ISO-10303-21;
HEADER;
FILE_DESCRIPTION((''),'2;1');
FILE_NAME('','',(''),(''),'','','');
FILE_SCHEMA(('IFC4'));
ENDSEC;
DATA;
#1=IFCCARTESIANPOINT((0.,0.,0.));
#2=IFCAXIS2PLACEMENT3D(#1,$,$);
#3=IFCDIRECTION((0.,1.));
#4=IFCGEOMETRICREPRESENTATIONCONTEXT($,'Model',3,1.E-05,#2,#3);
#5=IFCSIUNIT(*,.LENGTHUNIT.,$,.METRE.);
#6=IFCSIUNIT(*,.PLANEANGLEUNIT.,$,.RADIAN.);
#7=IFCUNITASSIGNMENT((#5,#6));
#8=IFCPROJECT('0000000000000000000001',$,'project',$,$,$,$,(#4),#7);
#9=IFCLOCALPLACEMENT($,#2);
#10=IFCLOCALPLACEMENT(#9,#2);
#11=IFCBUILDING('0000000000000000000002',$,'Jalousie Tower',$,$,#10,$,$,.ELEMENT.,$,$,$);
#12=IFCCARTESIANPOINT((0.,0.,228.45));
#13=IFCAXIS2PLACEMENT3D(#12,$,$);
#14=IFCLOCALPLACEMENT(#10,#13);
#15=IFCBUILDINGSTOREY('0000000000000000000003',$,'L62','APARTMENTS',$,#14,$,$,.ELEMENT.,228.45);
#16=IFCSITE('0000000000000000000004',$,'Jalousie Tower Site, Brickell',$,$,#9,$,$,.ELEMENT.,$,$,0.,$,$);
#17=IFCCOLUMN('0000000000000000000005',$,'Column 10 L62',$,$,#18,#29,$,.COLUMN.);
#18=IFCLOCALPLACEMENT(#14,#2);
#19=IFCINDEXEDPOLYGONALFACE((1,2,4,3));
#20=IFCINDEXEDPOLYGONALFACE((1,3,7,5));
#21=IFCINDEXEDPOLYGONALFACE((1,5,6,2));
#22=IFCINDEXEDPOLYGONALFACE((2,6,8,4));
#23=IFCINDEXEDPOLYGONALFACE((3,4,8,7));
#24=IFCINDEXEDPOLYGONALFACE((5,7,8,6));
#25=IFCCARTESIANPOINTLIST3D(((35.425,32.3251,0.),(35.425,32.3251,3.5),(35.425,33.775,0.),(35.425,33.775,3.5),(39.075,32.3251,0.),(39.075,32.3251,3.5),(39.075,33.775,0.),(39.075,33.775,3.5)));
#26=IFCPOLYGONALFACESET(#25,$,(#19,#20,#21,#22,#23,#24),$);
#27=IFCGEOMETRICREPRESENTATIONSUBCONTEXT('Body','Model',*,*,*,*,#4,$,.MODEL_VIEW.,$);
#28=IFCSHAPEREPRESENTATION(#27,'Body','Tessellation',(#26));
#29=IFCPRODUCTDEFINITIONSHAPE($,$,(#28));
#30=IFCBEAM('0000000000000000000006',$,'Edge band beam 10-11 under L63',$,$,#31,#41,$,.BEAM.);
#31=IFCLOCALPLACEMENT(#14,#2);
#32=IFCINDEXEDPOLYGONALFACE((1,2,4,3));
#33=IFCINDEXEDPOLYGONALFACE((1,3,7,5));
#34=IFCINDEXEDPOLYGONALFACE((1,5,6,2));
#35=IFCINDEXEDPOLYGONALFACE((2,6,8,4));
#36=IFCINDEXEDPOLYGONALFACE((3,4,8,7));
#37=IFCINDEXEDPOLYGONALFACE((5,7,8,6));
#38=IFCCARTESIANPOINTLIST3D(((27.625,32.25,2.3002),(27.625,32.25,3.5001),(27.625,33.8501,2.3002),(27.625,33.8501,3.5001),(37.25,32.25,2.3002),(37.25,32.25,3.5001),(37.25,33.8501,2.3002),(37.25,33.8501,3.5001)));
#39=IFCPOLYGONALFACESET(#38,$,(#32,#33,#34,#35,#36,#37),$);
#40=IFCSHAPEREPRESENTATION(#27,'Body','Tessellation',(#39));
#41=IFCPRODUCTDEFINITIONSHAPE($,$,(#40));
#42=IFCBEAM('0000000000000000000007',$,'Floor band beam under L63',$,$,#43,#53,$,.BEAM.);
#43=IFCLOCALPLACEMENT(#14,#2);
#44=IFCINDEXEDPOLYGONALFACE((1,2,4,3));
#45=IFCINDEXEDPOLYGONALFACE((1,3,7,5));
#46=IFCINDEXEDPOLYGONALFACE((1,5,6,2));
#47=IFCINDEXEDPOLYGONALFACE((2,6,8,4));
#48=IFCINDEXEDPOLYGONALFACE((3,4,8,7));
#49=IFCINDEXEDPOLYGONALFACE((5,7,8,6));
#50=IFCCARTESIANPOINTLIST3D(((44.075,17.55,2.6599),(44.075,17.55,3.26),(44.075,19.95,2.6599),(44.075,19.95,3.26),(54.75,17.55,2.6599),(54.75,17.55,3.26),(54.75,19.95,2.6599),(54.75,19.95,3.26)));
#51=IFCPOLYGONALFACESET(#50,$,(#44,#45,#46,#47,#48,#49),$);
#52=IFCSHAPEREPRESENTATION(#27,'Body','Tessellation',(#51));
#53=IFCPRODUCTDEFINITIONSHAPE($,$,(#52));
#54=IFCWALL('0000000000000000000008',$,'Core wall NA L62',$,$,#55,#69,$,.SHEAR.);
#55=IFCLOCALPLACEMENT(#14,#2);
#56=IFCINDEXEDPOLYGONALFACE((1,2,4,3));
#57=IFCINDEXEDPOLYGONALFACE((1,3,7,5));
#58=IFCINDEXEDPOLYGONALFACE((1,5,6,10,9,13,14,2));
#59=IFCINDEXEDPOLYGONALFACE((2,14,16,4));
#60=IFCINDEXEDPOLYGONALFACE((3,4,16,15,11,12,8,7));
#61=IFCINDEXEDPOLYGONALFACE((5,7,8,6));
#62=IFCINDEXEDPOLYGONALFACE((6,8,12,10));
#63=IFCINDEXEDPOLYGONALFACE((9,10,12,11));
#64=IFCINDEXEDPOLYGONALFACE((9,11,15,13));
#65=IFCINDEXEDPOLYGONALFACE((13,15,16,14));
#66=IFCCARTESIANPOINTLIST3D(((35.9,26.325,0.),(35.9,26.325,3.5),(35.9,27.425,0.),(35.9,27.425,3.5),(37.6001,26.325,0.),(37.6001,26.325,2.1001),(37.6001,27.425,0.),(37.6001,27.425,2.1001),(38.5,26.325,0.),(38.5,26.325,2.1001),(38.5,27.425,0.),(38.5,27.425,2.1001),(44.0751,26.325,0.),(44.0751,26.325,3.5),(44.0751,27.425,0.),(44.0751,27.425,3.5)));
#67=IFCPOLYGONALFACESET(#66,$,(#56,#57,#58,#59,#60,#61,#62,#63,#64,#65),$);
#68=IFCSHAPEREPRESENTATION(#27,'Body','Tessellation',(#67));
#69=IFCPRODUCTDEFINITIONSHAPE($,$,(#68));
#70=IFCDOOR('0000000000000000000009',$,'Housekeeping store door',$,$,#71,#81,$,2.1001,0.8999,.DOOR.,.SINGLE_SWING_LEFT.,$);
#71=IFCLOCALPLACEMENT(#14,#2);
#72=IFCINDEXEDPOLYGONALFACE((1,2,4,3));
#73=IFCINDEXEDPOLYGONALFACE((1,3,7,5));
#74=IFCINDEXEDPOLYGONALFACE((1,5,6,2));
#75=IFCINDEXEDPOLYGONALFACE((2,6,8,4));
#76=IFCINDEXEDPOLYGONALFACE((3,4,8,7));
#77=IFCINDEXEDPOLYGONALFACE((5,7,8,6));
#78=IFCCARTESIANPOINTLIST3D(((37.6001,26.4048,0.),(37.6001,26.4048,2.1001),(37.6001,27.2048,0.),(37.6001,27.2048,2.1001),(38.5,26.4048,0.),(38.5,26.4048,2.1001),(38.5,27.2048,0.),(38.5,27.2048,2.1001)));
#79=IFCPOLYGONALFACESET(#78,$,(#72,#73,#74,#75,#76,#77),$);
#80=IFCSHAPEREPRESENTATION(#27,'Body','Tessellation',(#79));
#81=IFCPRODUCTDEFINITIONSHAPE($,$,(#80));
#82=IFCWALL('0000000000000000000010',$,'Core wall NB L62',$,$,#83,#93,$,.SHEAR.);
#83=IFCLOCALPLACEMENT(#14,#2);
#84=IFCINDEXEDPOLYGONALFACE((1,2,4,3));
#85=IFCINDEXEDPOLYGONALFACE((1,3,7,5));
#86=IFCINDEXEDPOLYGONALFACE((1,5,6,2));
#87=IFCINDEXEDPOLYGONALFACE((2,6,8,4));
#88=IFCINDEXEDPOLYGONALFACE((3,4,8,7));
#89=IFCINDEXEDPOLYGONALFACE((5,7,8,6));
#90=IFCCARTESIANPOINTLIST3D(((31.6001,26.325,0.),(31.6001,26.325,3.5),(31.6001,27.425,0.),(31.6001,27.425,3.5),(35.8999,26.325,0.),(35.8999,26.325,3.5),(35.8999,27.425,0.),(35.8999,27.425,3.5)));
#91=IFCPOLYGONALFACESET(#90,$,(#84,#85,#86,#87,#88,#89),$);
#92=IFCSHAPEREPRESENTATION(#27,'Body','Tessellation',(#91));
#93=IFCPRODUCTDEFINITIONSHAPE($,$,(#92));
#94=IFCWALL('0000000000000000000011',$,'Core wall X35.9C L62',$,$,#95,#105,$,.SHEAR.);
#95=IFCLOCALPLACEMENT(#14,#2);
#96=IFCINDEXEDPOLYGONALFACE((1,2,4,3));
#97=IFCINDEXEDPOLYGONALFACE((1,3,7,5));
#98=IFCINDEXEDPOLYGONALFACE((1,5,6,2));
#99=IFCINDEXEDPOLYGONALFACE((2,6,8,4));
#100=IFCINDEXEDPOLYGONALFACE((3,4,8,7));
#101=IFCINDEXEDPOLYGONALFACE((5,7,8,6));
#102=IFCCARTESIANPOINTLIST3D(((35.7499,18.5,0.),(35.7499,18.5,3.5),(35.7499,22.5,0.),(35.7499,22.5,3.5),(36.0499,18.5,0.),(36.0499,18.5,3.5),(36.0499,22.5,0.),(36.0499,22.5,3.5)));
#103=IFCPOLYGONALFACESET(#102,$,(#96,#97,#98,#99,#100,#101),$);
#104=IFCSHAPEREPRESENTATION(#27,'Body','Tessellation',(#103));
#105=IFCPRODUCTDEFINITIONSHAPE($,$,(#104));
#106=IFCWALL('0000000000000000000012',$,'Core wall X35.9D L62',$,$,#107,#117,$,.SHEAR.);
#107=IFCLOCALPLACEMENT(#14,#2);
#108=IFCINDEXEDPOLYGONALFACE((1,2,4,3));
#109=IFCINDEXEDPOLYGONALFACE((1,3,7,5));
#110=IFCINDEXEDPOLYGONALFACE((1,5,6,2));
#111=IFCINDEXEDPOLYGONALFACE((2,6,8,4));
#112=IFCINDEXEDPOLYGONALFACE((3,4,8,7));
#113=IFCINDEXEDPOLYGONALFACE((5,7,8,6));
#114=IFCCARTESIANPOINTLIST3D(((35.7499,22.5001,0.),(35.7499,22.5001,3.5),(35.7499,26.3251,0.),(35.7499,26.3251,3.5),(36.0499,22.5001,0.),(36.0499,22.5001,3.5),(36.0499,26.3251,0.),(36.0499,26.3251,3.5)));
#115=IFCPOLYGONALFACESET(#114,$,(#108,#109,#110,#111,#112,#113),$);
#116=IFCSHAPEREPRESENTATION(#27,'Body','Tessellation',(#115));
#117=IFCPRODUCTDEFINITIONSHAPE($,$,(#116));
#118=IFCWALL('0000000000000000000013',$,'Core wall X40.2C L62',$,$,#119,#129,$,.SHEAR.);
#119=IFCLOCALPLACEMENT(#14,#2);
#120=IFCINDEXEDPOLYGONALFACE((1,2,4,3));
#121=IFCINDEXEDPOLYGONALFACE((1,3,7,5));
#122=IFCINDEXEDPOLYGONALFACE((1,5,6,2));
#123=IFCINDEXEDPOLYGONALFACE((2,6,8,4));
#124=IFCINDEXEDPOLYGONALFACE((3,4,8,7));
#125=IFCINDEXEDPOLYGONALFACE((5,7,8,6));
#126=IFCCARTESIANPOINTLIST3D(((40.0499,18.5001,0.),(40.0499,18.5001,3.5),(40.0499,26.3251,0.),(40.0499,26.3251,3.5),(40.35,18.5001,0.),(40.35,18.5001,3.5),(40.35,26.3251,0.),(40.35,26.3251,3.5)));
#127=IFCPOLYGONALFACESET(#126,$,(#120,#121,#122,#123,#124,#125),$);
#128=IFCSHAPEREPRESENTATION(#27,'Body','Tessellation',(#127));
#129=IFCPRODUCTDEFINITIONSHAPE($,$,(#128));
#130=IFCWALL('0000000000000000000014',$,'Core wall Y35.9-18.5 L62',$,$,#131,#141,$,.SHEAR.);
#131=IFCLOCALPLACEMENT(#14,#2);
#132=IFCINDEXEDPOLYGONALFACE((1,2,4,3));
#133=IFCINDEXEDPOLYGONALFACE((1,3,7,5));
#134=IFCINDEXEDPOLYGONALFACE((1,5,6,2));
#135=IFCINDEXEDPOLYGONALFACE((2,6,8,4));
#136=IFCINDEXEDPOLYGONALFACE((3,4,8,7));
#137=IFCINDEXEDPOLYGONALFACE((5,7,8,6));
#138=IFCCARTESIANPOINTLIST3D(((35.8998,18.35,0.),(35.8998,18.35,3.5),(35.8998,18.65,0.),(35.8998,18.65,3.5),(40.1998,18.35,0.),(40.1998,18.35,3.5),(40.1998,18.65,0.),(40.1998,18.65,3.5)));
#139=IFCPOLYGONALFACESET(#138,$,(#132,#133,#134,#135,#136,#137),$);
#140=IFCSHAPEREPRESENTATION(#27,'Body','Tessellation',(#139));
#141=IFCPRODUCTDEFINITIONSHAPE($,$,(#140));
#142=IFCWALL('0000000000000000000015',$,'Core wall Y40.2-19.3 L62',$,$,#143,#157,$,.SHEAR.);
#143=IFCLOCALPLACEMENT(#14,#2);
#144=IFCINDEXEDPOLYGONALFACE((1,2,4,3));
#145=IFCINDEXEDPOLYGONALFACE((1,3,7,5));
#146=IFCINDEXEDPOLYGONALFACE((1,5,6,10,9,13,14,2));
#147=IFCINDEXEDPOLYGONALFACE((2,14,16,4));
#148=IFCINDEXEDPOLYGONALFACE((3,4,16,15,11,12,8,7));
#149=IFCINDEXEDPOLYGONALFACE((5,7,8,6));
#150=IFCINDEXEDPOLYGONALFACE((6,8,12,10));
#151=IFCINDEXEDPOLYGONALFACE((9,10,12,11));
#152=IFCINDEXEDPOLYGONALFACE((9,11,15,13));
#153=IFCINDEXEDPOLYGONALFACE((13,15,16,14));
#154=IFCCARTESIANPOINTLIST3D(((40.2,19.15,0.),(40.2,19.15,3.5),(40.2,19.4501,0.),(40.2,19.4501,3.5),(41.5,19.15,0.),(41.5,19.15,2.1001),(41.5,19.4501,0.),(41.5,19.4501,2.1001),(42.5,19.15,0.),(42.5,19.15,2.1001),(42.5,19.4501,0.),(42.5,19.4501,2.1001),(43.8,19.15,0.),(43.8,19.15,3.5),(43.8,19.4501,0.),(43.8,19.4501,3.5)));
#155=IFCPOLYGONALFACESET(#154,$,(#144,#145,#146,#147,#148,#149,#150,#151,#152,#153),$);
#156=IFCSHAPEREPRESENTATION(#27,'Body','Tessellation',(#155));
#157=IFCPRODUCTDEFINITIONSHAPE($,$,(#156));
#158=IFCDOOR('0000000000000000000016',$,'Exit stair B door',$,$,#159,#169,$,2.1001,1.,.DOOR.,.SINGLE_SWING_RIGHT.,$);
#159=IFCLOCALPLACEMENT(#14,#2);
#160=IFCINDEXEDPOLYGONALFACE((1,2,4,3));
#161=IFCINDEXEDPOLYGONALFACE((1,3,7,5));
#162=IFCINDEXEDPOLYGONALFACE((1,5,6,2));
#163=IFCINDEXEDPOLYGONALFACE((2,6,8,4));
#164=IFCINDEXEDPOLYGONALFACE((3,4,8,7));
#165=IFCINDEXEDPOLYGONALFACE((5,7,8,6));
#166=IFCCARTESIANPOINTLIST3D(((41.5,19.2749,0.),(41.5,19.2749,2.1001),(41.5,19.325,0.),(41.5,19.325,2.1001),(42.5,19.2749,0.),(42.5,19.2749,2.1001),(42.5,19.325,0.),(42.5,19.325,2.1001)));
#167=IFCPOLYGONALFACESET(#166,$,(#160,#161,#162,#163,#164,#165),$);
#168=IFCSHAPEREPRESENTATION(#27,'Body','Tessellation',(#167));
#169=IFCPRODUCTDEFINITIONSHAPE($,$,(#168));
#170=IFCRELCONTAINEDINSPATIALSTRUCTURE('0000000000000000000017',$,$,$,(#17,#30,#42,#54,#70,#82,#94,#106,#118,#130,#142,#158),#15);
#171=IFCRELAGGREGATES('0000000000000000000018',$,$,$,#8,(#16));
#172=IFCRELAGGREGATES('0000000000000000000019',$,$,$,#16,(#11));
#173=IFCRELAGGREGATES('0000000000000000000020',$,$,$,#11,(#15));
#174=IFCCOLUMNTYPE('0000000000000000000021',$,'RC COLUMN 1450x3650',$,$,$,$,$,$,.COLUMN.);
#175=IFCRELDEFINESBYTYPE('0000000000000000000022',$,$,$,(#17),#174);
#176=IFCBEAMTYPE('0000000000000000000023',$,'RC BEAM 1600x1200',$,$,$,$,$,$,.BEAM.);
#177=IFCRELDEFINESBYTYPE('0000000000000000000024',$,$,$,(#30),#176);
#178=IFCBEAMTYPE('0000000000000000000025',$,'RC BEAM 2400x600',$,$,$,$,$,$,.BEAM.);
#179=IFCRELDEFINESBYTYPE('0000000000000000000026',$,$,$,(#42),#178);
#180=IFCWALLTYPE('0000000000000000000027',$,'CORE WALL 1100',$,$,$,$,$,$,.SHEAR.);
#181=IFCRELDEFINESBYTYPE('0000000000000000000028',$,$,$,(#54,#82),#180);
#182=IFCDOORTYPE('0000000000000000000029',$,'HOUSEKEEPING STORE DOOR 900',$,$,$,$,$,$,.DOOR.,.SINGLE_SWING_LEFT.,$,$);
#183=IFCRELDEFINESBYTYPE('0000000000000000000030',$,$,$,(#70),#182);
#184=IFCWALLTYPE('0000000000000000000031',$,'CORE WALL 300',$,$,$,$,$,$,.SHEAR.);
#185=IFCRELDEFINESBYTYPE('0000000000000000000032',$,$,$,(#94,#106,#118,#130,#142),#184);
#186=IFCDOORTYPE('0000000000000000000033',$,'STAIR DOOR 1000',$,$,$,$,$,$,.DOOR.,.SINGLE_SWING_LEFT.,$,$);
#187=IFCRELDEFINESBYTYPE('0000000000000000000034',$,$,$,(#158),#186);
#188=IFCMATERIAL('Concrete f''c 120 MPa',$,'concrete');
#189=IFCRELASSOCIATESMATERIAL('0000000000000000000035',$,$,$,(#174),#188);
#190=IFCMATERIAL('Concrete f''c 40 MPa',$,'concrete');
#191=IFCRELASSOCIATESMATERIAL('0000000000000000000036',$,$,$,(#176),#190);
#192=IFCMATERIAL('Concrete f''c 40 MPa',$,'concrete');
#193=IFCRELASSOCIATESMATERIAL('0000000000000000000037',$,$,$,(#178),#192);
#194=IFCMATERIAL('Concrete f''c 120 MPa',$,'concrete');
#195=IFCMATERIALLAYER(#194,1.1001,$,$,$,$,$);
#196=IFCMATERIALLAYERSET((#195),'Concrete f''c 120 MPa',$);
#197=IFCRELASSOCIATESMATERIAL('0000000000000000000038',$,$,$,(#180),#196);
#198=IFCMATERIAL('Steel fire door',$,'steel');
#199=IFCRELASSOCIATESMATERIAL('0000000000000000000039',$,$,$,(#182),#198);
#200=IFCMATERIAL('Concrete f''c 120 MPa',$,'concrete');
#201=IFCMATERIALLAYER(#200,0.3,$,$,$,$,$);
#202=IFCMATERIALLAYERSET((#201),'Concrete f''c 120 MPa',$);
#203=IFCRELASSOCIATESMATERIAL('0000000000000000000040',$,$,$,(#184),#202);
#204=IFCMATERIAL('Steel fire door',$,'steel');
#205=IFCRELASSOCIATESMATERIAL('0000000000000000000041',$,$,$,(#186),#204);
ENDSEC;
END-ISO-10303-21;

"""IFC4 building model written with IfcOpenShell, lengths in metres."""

from ifc_helpers import new_model, si_unit, direction, frame, frame_2d, origin, origin_2d, place, context, subcontext, project, spatial, rectangle, extrude, material, layer, layer_set, material_profile, profile_set, type_object, element, fill, save


model = new_model("IFC4")

# Units and contexts
model_context = context("Model", 3, precision=1e-05, world=origin(), true_north=direction((0.0, 1.0)))
body_context = subcontext(model_context, "Body", "Model", "MODEL_VIEW")
ifc_project = project(units=[si_unit("LENGTHUNIT", "METRE"), si_unit("PLANEANGLEUNIT", "RADIAN")], contexts=[model_context])

# Site, building, storey
site_placement = place(None, origin())
site = spatial("IfcSite", under=ifc_project, at=site_placement, Name="Jalousie Tower Site, Brickell", CompositionType="ELEMENT", RefElevation=0.0)
building_placement = place(site_placement, origin())
building = spatial("IfcBuilding", under=site, at=building_placement, Name="Jalousie Tower", CompositionType="ELEMENT")
storey_placement = place(building_placement, frame((0.0, 0.0, 228.45)))
storey = spatial("IfcBuildingStorey", under=building, at=storey_placement, Name="L62", Description="APARTMENTS", CompositionType="ELEMENT", Elevation=228.45)

# Column
ifc_material_1 = material(Name="Concrete f'c 120 MPa", Category="concrete")
ifc_material_profile_1 = material_profile(ifc_material_1, rectangle(XDim=1.45, YDim=3.6499, at=origin_2d()), Name="RC 1450x3650")
ifc_profile_set_1 = profile_set([ifc_material_profile_1], Name="Concrete f'c 120 MPa")
column_type = type_object("IfcColumnType", Name="RC COLUMN 1450x3650", PredefinedType="COLUMN", material=ifc_profile_set_1)
column_placement = place(storey_placement, frame((37.25, 33.05, 0.0), z_axis=(0.0, 0.0, 1.0), x_axis=(0.0, 1.0, 0.0)))
element("IfcColumn", 1, at=column_placement, inside=storey, type_object=column_type, Name="Column 10 L62", PredefinedType="COLUMN", context=body_context, shape_type="SweptSolid", body=[
    extrude(rectangle(XDim=1.45, YDim=3.6499, at=origin_2d()), origin(), (0.0, 0.0, 1.0), 3.5),
])

# Beams
ifc_material_2 = material(Name="Concrete f'c 40 MPa", Category="concrete")
ifc_material_profile_2 = material_profile(ifc_material_2, rectangle(XDim=1.6001, YDim=1.2, at=origin_2d()), Name="RC 1600x1200")
ifc_profile_set_2 = profile_set([ifc_material_profile_2], Name="Concrete f'c 40 MPa")
beam_type_1 = type_object("IfcBeamType", Name="RC BEAM 1600x1200", PredefinedType="BEAM", material=ifc_profile_set_2)
beam_1_placement = place(storey_placement, frame((37.25, 33.05, 2.9001), z_axis=(-1.0, 0.0, 0.0), x_axis=(0.0, -1.0, 0.0)))
element("IfcBeam", 2, at=beam_1_placement, inside=storey, type_object=beam_type_1, Name="Edge band beam 10-11 under L63", PredefinedType="BEAM", context=body_context, shape_type="SweptSolid", body=[
    extrude(rectangle(XDim=1.6001, YDim=1.2, at=origin_2d()), origin(), (0.0, 0.0, 1.0), 9.625),
])
ifc_material_3 = material(Name="Concrete f'c 40 MPa", Category="concrete")
ifc_material_profile_3 = material_profile(ifc_material_3, rectangle(XDim=2.3999, YDim=0.6001, at=origin_2d()), Name="RC 2400x600")
ifc_profile_set_3 = profile_set([ifc_material_profile_3], Name="Concrete f'c 40 MPa")
beam_type_2 = type_object("IfcBeamType", Name="RC BEAM 2400x600", PredefinedType="BEAM", material=ifc_profile_set_3)
beam_2_placement = place(storey_placement, frame((44.075, 18.75, 2.96), z_axis=(1.0, 0.0, 0.0), x_axis=(0.0, 1.0, 0.0)))
element("IfcBeam", 3, at=beam_2_placement, inside=storey, type_object=beam_type_2, Name="Floor band beam under L63", PredefinedType="BEAM", context=body_context, shape_type="SweptSolid", body=[
    extrude(rectangle(XDim=2.3999, YDim=0.6001, at=origin_2d()), origin(), (0.0, 0.0, 1.0), 10.675),
])

# Wall, opening, door
ifc_material_4 = material(Name="Concrete f'c 120 MPa", Category="concrete")
ifc_layer_1 = layer(ifc_material_4, 1.1001)
ifc_layer_set_1 = layer_set([ifc_layer_1], Name="Concrete f'c 120 MPa")
wall_type_1 = type_object("IfcWallType", Name="CORE WALL 1100", PredefinedType="SHEAR", material=ifc_layer_set_1)
wall_1_placement = place(storey_placement, frame((44.075, 26.875, 0.0), z_axis=(0.0, 0.0, 1.0), x_axis=(-1.0, 0.0, 0.0)))
wall_1 = element("IfcWall", 4, at=wall_1_placement, inside=storey, type_object=wall_type_1, Name="Core wall NA L62", PredefinedType="SHEAR", context=body_context, shape_type="SweptSolid", body=[
    extrude(rectangle(XDim=8.175, YDim=1.1001, at=frame_2d((4.0874, 0.0))), origin(), (0.0, 0.0, 1.0), 3.5),
])
opening_1_placement = place(wall_1_placement, frame((5.575, 0.0, 0.0)))
opening_1 = element("IfcOpeningElement", 5, at=opening_1_placement, cuts=wall_1, PredefinedType="OPENING", context=body_context, shape_type="SweptSolid", body=[
    extrude(rectangle(XDim=0.8999, YDim=2.1001, at=frame_2d((0.45, 1.05))), frame((0.0, 0.5601, 0.0), z_axis=(0.0, -1.0, 0.0), x_axis=(1.0, 0.0, 0.0)), (0.0, 0.0, 1.0), 1.1201),
])
ifc_material_5 = material(Name="Steel fire door", Category="steel")
door_type_1 = type_object("IfcDoorType", Name="HOUSEKEEPING STORE DOOR 900", OperationType="SINGLE_SWING_LEFT", PredefinedType="DOOR", material=ifc_material_5)
door_1_placement = place(opening_1_placement, origin())
door_1 = element("IfcDoor", 6, at=door_1_placement, inside=storey, type_object=door_type_1, Name="Housekeeping store door", OperationType="SINGLE_SWING_LEFT", OverallHeight=2.1001, OverallWidth=0.8999, PredefinedType="DOOR", context=body_context, shape_type="SweptSolid", body=[
    extrude(rectangle(XDim=0.8999, YDim=2.1001, at=frame_2d((0.45, 1.05))), frame((0.0, 0.4702, 0.0), z_axis=(0.0, -1.0, 0.0), x_axis=(1.0, 0.0, 0.0)), (0.0, 0.0, 1.0), 0.8),
])
fill(opening_1, door_1)

# Walls
wall_2_placement = place(storey_placement, frame((35.8999, 26.875, 0.0), z_axis=(0.0, 0.0, 1.0), x_axis=(-1.0, 0.0, 0.0)))
element("IfcWall", 7, at=wall_2_placement, inside=storey, type_object=wall_type_1, Name="Core wall NB L62", PredefinedType="SHEAR", context=body_context, shape_type="SweptSolid", body=[
    extrude(rectangle(XDim=4.2998, YDim=1.1001, at=frame_2d((2.1499, 0.0))), origin(), (0.0, 0.0, 1.0), 3.5),
])
ifc_material_6 = material(Name="Concrete f'c 120 MPa", Category="concrete")
ifc_layer_2 = layer(ifc_material_6, 0.3)
ifc_layer_set_2 = layer_set([ifc_layer_2], Name="Concrete f'c 120 MPa")
wall_type_2 = type_object("IfcWallType", Name="CORE WALL 300", PredefinedType="SHEAR", material=ifc_layer_set_2)
wall_3_placement = place(storey_placement, frame((35.8999, 18.5, 0.0), z_axis=(0.0, 0.0, 1.0), x_axis=(0.0, 1.0, 0.0)))
element("IfcWall", 8, at=wall_3_placement, inside=storey, type_object=wall_type_2, Name="Core wall X35.9C L62", PredefinedType="SHEAR", context=body_context, shape_type="SweptSolid", body=[
    extrude(rectangle(XDim=4.0, YDim=0.3, at=frame_2d((2.0, 0.0))), origin(), (0.0, 0.0, 1.0), 3.5),
])
wall_4_placement = place(storey_placement, frame((35.8999, 22.5, 0.0), z_axis=(0.0, 0.0, 1.0), x_axis=(0.0, 1.0, 0.0)))
element("IfcWall", 9, at=wall_4_placement, inside=storey, type_object=wall_type_2, Name="Core wall X35.9D L62", PredefinedType="SHEAR", context=body_context, shape_type="SweptSolid", body=[
    extrude(rectangle(XDim=3.825, YDim=0.3, at=frame_2d((1.9126, 0.0))), origin(), (0.0, 0.0, 1.0), 3.5),
])
wall_5_placement = place(storey_placement, frame((40.2, 18.5, 0.0), z_axis=(0.0, 0.0, 1.0), x_axis=(0.0, 1.0, 0.0)))
element("IfcWall", 10, at=wall_5_placement, inside=storey, type_object=wall_type_2, Name="Core wall X40.2C L62", PredefinedType="SHEAR", context=body_context, shape_type="SweptSolid", body=[
    extrude(rectangle(XDim=7.825, YDim=0.3, at=frame_2d((3.9126, 0.0))), origin(), (0.0, 0.0, 1.0), 3.5),
])
wall_6_placement = place(storey_placement, frame((35.8999, 18.5, 0.0), z_axis=(0.0, 0.0, 1.0), x_axis=(1.0, 0.0, 0.0)))
element("IfcWall", 11, at=wall_6_placement, inside=storey, type_object=wall_type_2, Name="Core wall Y35.9-18.5 L62", PredefinedType="SHEAR", context=body_context, shape_type="SweptSolid", body=[
    extrude(rectangle(XDim=4.3, YDim=0.3, at=frame_2d((2.1499, 0.0))), origin(), (0.0, 0.0, 1.0), 3.5),
])

# Wall, opening, door
wall_7_placement = place(storey_placement, frame((40.2, 19.3, 0.0), z_axis=(0.0, 0.0, 1.0), x_axis=(1.0, 0.0, 0.0)))
wall_7 = element("IfcWall", 12, at=wall_7_placement, inside=storey, type_object=wall_type_2, Name="Core wall Y40.2-19.3 L62", PredefinedType="SHEAR", context=body_context, shape_type="SweptSolid", body=[
    extrude(rectangle(XDim=3.6001, YDim=0.3, at=frame_2d((1.8, 0.0))), origin(), (0.0, 0.0, 1.0), 3.5),
])
opening_2_placement = place(wall_7_placement, frame((1.3, 0.0, 0.0)))
opening_2 = element("IfcOpeningElement", 13, at=opening_2_placement, cuts=wall_7, PredefinedType="OPENING", context=body_context, shape_type="SweptSolid", body=[
    extrude(rectangle(XDim=1.0, YDim=2.1001, at=frame_2d((0.5, 1.05))), frame((0.0, 0.1599, 0.0), z_axis=(0.0, -1.0, 0.0), x_axis=(1.0, 0.0, 0.0)), (0.0, 0.0, 1.0), 0.3201),
])
ifc_material_7 = material(Name="Steel fire door", Category="steel")
door_type_2 = type_object("IfcDoorType", Name="STAIR DOOR 1000", OperationType="SINGLE_SWING_LEFT", PredefinedType="DOOR", material=ifc_material_7)
door_2_placement = place(opening_2_placement, origin())
door_2 = element("IfcDoor", 14, at=door_2_placement, inside=storey, type_object=door_type_2, Name="Exit stair B door", OperationType="SINGLE_SWING_RIGHT", OverallHeight=2.1001, OverallWidth=1.0, PredefinedType="DOOR", context=body_context, shape_type="SweptSolid", body=[
    extrude(rectangle(XDim=1.0, YDim=2.1001, at=frame_2d((0.5, 1.05))), frame((0.0, 0.0249, 0.0), z_axis=(0.0, -1.0, 0.0), x_axis=(1.0, 0.0, 0.0)), (0.0, 0.0, 1.0), 0.05),
])
fill(opening_2, door_2)

save(model, "model.ifc")
